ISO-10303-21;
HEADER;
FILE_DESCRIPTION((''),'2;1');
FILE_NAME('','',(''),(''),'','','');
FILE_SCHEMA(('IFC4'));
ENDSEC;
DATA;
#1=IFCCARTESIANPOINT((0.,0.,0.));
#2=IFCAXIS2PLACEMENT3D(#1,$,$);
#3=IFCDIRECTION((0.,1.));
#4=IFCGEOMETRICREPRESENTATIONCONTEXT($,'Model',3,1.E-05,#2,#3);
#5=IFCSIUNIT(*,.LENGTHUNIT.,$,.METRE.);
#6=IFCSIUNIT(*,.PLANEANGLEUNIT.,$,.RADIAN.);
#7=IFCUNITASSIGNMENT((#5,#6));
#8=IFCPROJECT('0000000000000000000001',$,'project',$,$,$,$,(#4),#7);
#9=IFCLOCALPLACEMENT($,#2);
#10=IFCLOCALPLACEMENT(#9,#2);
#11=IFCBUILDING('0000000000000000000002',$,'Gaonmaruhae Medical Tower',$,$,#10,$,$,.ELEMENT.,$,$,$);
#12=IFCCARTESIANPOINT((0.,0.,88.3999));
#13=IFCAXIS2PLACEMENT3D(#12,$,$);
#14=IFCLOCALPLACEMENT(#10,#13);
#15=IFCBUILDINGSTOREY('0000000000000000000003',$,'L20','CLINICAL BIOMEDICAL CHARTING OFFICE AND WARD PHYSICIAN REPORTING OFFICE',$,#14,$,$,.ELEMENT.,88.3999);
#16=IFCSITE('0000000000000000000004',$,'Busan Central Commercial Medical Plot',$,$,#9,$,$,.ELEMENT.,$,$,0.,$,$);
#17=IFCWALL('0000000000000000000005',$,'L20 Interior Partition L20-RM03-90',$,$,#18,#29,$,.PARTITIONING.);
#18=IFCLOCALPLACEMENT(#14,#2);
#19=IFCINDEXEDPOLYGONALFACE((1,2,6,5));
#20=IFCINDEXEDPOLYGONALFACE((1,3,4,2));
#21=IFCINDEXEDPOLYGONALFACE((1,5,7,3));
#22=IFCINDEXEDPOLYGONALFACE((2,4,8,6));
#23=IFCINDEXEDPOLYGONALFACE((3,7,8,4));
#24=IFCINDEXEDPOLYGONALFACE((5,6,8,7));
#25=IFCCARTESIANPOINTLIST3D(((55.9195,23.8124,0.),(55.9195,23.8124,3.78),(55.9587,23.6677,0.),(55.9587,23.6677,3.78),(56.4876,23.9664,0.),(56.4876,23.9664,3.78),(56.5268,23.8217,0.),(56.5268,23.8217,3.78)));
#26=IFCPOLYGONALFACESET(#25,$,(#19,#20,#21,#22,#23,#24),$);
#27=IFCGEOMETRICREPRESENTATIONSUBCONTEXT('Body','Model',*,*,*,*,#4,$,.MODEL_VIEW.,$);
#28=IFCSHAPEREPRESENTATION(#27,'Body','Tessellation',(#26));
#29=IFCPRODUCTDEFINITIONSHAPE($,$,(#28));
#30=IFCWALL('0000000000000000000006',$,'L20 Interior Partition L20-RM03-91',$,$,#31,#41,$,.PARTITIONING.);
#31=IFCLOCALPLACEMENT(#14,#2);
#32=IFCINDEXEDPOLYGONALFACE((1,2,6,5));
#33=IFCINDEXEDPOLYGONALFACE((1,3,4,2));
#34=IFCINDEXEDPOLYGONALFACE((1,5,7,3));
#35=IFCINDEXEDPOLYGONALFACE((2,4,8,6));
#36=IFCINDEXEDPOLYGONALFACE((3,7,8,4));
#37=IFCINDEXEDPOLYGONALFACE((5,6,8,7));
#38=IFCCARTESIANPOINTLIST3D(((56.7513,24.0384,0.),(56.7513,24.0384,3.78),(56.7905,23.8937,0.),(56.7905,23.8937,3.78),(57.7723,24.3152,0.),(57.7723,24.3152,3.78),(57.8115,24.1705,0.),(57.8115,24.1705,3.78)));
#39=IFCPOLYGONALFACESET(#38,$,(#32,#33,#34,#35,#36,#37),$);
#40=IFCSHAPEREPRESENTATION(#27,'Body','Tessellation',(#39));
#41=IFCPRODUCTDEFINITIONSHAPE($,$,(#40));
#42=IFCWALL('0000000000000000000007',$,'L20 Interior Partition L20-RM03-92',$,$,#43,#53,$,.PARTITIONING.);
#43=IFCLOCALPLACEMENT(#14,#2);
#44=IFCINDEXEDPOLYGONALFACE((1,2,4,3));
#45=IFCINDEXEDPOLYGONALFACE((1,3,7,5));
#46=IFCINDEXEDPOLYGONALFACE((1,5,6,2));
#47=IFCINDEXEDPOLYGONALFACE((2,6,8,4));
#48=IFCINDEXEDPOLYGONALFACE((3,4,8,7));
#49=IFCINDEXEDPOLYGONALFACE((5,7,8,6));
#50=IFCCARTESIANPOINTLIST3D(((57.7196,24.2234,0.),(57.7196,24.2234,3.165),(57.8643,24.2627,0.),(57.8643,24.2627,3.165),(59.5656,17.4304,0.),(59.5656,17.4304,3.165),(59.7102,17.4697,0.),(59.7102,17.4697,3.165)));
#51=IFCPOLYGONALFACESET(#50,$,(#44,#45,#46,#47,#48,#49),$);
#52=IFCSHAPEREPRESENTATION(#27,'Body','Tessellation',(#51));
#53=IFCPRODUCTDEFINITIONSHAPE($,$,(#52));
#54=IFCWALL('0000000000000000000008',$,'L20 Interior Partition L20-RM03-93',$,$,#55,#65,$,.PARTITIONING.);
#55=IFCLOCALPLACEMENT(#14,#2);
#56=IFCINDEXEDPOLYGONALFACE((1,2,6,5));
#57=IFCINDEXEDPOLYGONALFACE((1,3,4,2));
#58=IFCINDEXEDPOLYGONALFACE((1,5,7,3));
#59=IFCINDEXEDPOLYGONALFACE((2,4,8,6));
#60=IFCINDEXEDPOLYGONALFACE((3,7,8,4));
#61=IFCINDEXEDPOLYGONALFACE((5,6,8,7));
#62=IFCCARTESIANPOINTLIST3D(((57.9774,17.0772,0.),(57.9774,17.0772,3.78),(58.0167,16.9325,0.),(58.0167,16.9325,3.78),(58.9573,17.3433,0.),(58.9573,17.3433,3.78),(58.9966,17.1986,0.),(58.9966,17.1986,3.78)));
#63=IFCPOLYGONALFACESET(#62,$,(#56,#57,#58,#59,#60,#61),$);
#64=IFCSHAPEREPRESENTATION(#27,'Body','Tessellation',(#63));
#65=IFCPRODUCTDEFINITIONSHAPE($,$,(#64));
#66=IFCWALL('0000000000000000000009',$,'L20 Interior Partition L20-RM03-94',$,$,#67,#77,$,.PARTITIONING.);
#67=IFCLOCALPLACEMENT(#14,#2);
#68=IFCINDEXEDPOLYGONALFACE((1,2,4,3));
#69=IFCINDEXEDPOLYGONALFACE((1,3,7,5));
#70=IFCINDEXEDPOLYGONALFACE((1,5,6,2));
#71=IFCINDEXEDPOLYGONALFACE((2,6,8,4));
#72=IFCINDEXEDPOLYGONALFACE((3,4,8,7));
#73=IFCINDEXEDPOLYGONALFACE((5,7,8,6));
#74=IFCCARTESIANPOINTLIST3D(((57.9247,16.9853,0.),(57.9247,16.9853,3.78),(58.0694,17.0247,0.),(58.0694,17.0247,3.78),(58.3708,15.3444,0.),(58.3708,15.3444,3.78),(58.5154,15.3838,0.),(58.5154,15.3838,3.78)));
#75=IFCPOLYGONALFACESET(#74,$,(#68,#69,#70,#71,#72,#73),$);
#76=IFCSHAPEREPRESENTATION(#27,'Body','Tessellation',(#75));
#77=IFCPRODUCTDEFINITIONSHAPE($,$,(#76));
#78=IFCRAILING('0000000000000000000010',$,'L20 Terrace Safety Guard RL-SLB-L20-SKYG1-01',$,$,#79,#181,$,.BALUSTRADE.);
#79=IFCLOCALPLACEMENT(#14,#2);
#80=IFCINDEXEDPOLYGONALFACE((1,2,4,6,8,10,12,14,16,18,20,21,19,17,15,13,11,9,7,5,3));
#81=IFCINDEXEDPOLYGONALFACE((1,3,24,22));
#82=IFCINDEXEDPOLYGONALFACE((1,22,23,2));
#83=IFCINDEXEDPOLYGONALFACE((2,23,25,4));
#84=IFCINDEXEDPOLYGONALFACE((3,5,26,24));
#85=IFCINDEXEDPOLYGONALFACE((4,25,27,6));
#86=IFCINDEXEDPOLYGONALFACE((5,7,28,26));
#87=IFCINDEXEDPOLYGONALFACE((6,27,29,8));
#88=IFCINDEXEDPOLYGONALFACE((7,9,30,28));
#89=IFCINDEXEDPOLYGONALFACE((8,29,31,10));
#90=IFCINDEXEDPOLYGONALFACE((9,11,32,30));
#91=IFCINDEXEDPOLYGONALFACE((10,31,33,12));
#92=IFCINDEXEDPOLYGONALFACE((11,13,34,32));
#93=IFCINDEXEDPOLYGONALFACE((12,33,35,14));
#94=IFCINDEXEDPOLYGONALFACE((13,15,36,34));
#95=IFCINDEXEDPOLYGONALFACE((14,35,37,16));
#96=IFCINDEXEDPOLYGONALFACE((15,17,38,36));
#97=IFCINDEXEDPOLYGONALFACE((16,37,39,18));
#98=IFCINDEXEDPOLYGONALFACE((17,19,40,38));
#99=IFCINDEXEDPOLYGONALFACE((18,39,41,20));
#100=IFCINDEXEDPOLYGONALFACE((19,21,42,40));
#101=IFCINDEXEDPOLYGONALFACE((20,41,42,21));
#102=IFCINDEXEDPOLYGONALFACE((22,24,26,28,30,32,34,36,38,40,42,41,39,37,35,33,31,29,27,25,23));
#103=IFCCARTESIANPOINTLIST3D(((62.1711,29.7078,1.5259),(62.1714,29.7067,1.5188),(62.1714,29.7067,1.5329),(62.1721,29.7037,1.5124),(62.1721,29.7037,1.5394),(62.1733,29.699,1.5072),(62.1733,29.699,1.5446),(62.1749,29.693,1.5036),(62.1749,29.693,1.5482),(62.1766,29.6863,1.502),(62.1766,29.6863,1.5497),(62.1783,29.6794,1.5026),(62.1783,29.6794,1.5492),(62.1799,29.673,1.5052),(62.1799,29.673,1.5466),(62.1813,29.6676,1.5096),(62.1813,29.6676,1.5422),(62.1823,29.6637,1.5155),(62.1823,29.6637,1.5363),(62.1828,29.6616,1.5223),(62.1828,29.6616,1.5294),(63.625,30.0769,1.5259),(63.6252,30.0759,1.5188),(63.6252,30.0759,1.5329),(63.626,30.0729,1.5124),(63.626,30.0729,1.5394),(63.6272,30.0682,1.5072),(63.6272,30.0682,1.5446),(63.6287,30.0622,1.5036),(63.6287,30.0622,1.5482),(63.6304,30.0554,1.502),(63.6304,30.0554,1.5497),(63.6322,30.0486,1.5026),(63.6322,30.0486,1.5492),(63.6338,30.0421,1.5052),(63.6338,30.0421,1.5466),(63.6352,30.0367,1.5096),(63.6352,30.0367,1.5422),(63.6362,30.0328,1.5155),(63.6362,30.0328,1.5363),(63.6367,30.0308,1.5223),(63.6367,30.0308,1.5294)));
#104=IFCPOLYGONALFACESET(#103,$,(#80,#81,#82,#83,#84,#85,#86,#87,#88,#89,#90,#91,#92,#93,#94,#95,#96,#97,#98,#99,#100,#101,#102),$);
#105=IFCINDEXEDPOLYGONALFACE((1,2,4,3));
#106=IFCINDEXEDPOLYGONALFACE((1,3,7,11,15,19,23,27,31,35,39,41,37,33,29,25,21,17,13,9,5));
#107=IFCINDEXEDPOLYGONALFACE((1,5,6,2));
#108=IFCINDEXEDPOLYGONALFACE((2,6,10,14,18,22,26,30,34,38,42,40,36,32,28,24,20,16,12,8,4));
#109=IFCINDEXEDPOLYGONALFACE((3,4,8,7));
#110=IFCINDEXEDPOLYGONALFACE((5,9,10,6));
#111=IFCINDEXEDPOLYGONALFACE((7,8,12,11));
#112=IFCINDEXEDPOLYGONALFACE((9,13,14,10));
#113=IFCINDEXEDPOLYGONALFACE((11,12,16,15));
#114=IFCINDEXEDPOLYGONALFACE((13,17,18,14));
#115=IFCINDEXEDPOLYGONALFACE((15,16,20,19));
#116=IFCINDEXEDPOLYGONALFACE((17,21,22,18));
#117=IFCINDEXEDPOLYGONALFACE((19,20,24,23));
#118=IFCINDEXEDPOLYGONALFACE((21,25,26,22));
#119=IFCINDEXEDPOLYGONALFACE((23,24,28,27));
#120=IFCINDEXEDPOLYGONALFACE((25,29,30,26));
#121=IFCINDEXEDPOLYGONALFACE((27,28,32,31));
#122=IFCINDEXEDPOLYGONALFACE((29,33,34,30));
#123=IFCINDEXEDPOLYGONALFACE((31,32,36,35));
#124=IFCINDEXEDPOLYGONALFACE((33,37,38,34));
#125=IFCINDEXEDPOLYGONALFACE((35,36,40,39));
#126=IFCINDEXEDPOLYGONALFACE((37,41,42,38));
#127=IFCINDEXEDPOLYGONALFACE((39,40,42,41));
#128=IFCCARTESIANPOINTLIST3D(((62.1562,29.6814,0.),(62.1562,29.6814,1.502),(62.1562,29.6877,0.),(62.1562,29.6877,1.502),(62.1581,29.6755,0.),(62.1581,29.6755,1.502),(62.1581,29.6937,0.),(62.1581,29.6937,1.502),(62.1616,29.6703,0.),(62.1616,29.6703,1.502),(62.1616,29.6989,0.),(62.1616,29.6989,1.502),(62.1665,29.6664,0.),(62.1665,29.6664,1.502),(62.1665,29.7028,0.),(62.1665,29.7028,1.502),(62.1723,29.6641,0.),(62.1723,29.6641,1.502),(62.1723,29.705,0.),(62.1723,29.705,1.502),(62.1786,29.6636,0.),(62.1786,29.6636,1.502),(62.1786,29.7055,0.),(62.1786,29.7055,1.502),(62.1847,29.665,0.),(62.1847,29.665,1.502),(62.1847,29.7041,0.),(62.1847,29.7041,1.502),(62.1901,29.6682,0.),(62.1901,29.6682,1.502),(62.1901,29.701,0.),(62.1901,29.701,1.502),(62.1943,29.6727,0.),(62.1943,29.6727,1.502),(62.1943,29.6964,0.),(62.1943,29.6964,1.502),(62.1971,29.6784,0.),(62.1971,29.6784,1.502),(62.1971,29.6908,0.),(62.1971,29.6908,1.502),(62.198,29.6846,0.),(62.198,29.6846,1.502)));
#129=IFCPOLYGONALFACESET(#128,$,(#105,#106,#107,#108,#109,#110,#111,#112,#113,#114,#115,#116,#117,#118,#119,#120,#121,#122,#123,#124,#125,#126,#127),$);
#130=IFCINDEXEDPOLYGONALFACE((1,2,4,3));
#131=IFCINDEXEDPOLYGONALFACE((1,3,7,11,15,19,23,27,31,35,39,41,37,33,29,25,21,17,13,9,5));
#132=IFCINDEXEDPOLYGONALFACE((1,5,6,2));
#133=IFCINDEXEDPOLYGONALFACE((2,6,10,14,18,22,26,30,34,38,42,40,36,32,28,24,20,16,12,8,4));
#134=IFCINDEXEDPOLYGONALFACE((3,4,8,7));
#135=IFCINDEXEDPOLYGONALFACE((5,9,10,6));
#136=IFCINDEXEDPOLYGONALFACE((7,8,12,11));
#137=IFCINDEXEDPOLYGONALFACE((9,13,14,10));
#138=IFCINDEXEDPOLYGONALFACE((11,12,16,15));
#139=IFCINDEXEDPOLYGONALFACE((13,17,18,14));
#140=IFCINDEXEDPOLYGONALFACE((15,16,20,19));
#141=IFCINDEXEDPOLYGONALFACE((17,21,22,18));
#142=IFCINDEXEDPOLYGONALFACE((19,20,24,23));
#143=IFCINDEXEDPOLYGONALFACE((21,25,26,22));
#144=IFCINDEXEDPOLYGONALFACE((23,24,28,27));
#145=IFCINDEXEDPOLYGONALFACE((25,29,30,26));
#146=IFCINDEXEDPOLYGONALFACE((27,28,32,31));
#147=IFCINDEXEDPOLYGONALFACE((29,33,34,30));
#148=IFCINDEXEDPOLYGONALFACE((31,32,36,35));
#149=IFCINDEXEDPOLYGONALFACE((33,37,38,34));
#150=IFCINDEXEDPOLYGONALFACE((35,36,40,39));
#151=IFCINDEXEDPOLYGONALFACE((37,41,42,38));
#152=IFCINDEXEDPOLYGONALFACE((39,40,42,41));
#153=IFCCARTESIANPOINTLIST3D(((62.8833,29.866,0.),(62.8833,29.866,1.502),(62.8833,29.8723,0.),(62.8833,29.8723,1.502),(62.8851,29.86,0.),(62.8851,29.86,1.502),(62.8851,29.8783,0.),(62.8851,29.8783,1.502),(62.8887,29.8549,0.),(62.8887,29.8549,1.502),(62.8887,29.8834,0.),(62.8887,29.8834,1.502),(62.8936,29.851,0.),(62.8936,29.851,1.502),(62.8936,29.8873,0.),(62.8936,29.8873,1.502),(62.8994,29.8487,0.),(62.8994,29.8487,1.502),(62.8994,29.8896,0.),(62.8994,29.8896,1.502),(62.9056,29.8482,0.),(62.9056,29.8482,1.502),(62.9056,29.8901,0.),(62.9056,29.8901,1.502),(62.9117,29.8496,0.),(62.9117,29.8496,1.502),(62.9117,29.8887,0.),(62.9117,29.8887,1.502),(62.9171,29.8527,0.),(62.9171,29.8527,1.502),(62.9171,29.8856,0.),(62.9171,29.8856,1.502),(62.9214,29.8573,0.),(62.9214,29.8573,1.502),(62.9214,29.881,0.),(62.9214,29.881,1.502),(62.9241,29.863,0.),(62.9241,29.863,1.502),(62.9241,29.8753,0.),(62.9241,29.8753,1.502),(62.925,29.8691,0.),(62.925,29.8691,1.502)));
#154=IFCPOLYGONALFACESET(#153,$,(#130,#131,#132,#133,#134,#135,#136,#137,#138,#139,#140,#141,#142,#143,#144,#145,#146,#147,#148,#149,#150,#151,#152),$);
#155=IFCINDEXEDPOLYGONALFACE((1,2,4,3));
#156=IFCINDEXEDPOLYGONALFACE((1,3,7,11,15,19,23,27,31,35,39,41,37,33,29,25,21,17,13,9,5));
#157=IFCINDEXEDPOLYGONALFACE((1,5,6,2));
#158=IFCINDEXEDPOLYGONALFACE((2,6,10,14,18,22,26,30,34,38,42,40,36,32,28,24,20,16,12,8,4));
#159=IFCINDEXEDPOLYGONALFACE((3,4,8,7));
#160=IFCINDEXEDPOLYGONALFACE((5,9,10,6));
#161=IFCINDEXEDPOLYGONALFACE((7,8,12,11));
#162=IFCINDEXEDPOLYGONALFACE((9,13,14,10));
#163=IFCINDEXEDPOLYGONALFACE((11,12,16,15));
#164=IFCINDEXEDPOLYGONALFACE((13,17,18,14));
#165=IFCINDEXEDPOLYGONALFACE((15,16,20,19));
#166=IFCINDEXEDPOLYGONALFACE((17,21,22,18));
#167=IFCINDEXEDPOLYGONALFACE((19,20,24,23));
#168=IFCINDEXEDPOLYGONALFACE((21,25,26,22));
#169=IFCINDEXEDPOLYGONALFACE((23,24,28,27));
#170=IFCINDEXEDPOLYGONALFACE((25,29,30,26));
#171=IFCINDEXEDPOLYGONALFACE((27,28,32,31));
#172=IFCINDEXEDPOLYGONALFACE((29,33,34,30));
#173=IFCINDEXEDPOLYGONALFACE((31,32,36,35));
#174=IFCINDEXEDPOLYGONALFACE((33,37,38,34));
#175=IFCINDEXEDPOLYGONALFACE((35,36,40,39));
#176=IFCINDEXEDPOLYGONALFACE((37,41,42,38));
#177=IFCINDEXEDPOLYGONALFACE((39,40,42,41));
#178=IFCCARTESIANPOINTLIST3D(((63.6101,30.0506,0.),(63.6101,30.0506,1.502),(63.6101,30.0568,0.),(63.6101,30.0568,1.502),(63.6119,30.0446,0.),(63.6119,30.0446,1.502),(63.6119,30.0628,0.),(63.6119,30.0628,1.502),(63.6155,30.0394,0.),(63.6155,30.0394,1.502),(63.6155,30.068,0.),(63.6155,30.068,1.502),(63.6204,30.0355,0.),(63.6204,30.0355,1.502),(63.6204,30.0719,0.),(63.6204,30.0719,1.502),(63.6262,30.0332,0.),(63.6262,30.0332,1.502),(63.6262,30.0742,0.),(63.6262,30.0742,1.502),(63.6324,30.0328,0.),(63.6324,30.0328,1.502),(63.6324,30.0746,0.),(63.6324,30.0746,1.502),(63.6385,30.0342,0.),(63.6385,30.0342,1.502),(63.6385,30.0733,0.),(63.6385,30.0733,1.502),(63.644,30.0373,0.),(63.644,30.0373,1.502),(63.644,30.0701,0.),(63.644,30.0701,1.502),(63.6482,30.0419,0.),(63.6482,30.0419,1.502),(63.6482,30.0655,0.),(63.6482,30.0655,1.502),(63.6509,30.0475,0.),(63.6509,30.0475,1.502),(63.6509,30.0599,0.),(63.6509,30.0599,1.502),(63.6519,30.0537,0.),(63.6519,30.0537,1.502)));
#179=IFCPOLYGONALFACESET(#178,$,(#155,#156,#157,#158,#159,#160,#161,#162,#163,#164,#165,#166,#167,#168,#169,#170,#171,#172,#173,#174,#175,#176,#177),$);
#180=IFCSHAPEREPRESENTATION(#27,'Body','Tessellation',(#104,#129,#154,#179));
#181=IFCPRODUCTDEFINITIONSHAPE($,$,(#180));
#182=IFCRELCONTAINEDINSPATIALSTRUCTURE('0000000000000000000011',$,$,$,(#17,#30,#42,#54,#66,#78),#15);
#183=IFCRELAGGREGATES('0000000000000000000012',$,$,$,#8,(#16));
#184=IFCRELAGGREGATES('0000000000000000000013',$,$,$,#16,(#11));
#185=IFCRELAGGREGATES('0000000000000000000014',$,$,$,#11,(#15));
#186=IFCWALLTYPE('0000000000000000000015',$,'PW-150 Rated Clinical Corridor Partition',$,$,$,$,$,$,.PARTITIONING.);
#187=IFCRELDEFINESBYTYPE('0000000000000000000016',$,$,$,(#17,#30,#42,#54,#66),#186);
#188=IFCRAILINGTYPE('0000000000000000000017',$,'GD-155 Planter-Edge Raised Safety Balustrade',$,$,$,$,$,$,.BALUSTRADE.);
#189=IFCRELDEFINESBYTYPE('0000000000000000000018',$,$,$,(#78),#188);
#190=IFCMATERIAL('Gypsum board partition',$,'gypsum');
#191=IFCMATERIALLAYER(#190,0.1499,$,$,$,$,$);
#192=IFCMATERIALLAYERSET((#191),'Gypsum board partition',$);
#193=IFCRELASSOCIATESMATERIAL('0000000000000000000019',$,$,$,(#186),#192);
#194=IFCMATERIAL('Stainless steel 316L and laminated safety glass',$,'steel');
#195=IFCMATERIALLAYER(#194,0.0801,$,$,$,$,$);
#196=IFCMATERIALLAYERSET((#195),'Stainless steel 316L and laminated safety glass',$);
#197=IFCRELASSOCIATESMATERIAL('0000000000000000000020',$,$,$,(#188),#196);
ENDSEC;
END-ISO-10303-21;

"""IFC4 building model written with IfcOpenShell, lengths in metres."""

from ifc_helpers import new_model, si_unit, direction, frame, frame_2d, origin, origin_2d, place, context, subcontext, project, spatial, rectangle, circle, extrude, material, layer, layer_set, type_object, element, save


model = new_model("IFC4")

# Units and contexts
model_context = context("Model", 3, precision=1e-05, world=origin(), true_north=direction((0.0, 1.0)))
body_context = subcontext(model_context, "Body", "Model", "MODEL_VIEW")
ifc_project = project(units=[si_unit("LENGTHUNIT", "METRE"), si_unit("PLANEANGLEUNIT", "RADIAN")], contexts=[model_context])

# Site, building, storey
site_placement = place(None, origin())
site = spatial("IfcSite", under=ifc_project, at=site_placement, Name="Busan Central Commercial Medical Plot", CompositionType="ELEMENT", RefElevation=0.0)
building_placement = place(site_placement, origin())
building = spatial("IfcBuilding", under=site, at=building_placement, Name="Gaonmaruhae Medical Tower", CompositionType="ELEMENT")
storey_placement = place(building_placement, frame((0.0, 0.0, 88.3999)))
storey = spatial("IfcBuildingStorey", under=building, at=storey_placement, Name="L20", Description="CLINICAL BIOMEDICAL CHARTING OFFICE AND WARD PHYSICIAN REPORTING OFFICE", CompositionType="ELEMENT", Elevation=88.3999)

# Shared definitions
ifc_material_1 = material(Name="Gypsum board partition", Category="gypsum")
ifc_layer_1 = layer(ifc_material_1, 0.1499)
ifc_layer_set_1 = layer_set([ifc_layer_1], Name="Gypsum board partition")
wall_type_1 = type_object("IfcWallType", Name="PW-150 Rated Clinical Corridor Partition", PredefinedType="PARTITIONING", material=ifc_layer_set_1)

# Walls
wall_1_placement = place(storey_placement, frame((55.939, 23.74, 0.0), z_axis=(0.0, 0.0, 1.0), x_axis=(0.965146, 0.261713, 0.0)))
element("IfcWall", 1, at=wall_1_placement, inside=storey, type_object=wall_type_1, Name="L20 Interior Partition L20-RM03-90", PredefinedType="PARTITIONING", context=body_context, shape_type="SweptSolid", body=[
    extrude(rectangle(XDim=0.5886, YDim=0.1499, at=frame_2d((0.2944, 0.0))), origin(), (0.0, 0.0, 1.0), 3.78),
])
wall_2_placement = place(storey_placement, frame((56.771, 23.9661, 0.0), z_axis=(0.0, 0.0, 1.0), x_axis=(0.965146, 0.261711, 0.0)))
element("IfcWall", 2, at=wall_2_placement, inside=storey, type_object=wall_type_1, Name="L20 Interior Partition L20-RM03-91", PredefinedType="PARTITIONING", context=body_context, shape_type="SweptSolid", body=[
    extrude(rectangle(XDim=1.0579, YDim=0.1499, at=frame_2d((0.5288, 0.0))), origin(), (0.0, 0.0, 1.0), 3.78),
])
wall_3_placement = place(storey_placement, frame((57.792, 24.2429, 0.0), z_axis=(0.0, 0.0, 1.0), x_axis=(0.262234, -0.965004, 0.0)))
element("IfcWall", 3, at=wall_3_placement, inside=storey, type_object=wall_type_1, Name="L20 Interior Partition L20-RM03-92", PredefinedType="PARTITIONING", context=body_context, shape_type="SweptSolid", body=[
    extrude(rectangle(XDim=7.0393, YDim=0.1499, at=frame_2d((3.5195, 0.0))), origin(), (0.0, 0.0, 1.0), 3.165),
])
wall_4_placement = place(storey_placement, frame((58.9771, 17.271, 0.0), z_axis=(0.0, 0.0, 1.0), x_axis=(-0.965052, -0.262059, 0.0)))
element("IfcWall", 4, at=wall_4_placement, inside=storey, type_object=wall_type_1, Name="L20 Interior Partition L20-RM03-93", PredefinedType="PARTITIONING", context=body_context, shape_type="SweptSolid", body=[
    extrude(rectangle(XDim=1.0154, YDim=0.1499, at=frame_2d((0.5078, 0.0))), origin(), (0.0, 0.0, 1.0), 3.78),
])
wall_5_placement = place(storey_placement, frame((57.9971, 17.0049, 0.0), z_axis=(0.0, 0.0, 1.0), x_axis=(0.262315, -0.964982, 0.0)))
element("IfcWall", 5, at=wall_5_placement, inside=storey, type_object=wall_type_1, Name="L20 Interior Partition L20-RM03-94", PredefinedType="PARTITIONING", context=body_context, shape_type="SweptSolid", body=[
    extrude(rectangle(XDim=1.7004, YDim=0.1499, at=frame_2d((0.8501, 0.0))), origin(), (0.0, 0.0, 1.0), 3.78),
])

# Railing
ifc_material_2 = material(Name="Stainless steel 316L and laminated safety glass", Category="steel")
ifc_layer_2 = layer(ifc_material_2, 0.0801)
ifc_layer_set_2 = layer_set([ifc_layer_2], Name="Stainless steel 316L and laminated safety glass")
railing_type = type_object("IfcRailingType", Name="GD-155 Planter-Edge Raised Safety Balustrade", PredefinedType="BALUSTRADE", material=ifc_layer_set_2)
railing_1_placement = place(storey_placement, frame((62.177, 29.6846, 0.0)))
element("IfcRailing", 6, at=railing_1_placement, inside=storey, type_object=railing_type, Name="L20 Terrace Safety Guard RL-SLB-L20-SKYG1-01", PredefinedType="BALUSTRADE", context=body_context, shape_type="SweptSolid", body=[
    extrude(circle(Radius=0.0239, at=origin_2d()), frame((0.0, 0.0, 1.5259), z_axis=(0.969246, 0.246096, 0.0), x_axis=(-0.246096, 0.969246, 0.0)), (0.0, 0.0, 1.0), 1.5),
    extrude(circle(Radius=0.021, at=origin_2d()), origin(), (0.0, 0.0, 1.0), 1.502),
    extrude(circle(Radius=0.021, at=origin_2d()), frame((0.7271, 0.1846, 0.0)), (0.0, 0.0, 1.0), 1.502),
    extrude(circle(Radius=0.021, at=origin_2d()), frame((1.4539, 0.3691, 0.0)), (0.0, 0.0, 1.0), 1.502),
])

save(model, "model.ifc")
